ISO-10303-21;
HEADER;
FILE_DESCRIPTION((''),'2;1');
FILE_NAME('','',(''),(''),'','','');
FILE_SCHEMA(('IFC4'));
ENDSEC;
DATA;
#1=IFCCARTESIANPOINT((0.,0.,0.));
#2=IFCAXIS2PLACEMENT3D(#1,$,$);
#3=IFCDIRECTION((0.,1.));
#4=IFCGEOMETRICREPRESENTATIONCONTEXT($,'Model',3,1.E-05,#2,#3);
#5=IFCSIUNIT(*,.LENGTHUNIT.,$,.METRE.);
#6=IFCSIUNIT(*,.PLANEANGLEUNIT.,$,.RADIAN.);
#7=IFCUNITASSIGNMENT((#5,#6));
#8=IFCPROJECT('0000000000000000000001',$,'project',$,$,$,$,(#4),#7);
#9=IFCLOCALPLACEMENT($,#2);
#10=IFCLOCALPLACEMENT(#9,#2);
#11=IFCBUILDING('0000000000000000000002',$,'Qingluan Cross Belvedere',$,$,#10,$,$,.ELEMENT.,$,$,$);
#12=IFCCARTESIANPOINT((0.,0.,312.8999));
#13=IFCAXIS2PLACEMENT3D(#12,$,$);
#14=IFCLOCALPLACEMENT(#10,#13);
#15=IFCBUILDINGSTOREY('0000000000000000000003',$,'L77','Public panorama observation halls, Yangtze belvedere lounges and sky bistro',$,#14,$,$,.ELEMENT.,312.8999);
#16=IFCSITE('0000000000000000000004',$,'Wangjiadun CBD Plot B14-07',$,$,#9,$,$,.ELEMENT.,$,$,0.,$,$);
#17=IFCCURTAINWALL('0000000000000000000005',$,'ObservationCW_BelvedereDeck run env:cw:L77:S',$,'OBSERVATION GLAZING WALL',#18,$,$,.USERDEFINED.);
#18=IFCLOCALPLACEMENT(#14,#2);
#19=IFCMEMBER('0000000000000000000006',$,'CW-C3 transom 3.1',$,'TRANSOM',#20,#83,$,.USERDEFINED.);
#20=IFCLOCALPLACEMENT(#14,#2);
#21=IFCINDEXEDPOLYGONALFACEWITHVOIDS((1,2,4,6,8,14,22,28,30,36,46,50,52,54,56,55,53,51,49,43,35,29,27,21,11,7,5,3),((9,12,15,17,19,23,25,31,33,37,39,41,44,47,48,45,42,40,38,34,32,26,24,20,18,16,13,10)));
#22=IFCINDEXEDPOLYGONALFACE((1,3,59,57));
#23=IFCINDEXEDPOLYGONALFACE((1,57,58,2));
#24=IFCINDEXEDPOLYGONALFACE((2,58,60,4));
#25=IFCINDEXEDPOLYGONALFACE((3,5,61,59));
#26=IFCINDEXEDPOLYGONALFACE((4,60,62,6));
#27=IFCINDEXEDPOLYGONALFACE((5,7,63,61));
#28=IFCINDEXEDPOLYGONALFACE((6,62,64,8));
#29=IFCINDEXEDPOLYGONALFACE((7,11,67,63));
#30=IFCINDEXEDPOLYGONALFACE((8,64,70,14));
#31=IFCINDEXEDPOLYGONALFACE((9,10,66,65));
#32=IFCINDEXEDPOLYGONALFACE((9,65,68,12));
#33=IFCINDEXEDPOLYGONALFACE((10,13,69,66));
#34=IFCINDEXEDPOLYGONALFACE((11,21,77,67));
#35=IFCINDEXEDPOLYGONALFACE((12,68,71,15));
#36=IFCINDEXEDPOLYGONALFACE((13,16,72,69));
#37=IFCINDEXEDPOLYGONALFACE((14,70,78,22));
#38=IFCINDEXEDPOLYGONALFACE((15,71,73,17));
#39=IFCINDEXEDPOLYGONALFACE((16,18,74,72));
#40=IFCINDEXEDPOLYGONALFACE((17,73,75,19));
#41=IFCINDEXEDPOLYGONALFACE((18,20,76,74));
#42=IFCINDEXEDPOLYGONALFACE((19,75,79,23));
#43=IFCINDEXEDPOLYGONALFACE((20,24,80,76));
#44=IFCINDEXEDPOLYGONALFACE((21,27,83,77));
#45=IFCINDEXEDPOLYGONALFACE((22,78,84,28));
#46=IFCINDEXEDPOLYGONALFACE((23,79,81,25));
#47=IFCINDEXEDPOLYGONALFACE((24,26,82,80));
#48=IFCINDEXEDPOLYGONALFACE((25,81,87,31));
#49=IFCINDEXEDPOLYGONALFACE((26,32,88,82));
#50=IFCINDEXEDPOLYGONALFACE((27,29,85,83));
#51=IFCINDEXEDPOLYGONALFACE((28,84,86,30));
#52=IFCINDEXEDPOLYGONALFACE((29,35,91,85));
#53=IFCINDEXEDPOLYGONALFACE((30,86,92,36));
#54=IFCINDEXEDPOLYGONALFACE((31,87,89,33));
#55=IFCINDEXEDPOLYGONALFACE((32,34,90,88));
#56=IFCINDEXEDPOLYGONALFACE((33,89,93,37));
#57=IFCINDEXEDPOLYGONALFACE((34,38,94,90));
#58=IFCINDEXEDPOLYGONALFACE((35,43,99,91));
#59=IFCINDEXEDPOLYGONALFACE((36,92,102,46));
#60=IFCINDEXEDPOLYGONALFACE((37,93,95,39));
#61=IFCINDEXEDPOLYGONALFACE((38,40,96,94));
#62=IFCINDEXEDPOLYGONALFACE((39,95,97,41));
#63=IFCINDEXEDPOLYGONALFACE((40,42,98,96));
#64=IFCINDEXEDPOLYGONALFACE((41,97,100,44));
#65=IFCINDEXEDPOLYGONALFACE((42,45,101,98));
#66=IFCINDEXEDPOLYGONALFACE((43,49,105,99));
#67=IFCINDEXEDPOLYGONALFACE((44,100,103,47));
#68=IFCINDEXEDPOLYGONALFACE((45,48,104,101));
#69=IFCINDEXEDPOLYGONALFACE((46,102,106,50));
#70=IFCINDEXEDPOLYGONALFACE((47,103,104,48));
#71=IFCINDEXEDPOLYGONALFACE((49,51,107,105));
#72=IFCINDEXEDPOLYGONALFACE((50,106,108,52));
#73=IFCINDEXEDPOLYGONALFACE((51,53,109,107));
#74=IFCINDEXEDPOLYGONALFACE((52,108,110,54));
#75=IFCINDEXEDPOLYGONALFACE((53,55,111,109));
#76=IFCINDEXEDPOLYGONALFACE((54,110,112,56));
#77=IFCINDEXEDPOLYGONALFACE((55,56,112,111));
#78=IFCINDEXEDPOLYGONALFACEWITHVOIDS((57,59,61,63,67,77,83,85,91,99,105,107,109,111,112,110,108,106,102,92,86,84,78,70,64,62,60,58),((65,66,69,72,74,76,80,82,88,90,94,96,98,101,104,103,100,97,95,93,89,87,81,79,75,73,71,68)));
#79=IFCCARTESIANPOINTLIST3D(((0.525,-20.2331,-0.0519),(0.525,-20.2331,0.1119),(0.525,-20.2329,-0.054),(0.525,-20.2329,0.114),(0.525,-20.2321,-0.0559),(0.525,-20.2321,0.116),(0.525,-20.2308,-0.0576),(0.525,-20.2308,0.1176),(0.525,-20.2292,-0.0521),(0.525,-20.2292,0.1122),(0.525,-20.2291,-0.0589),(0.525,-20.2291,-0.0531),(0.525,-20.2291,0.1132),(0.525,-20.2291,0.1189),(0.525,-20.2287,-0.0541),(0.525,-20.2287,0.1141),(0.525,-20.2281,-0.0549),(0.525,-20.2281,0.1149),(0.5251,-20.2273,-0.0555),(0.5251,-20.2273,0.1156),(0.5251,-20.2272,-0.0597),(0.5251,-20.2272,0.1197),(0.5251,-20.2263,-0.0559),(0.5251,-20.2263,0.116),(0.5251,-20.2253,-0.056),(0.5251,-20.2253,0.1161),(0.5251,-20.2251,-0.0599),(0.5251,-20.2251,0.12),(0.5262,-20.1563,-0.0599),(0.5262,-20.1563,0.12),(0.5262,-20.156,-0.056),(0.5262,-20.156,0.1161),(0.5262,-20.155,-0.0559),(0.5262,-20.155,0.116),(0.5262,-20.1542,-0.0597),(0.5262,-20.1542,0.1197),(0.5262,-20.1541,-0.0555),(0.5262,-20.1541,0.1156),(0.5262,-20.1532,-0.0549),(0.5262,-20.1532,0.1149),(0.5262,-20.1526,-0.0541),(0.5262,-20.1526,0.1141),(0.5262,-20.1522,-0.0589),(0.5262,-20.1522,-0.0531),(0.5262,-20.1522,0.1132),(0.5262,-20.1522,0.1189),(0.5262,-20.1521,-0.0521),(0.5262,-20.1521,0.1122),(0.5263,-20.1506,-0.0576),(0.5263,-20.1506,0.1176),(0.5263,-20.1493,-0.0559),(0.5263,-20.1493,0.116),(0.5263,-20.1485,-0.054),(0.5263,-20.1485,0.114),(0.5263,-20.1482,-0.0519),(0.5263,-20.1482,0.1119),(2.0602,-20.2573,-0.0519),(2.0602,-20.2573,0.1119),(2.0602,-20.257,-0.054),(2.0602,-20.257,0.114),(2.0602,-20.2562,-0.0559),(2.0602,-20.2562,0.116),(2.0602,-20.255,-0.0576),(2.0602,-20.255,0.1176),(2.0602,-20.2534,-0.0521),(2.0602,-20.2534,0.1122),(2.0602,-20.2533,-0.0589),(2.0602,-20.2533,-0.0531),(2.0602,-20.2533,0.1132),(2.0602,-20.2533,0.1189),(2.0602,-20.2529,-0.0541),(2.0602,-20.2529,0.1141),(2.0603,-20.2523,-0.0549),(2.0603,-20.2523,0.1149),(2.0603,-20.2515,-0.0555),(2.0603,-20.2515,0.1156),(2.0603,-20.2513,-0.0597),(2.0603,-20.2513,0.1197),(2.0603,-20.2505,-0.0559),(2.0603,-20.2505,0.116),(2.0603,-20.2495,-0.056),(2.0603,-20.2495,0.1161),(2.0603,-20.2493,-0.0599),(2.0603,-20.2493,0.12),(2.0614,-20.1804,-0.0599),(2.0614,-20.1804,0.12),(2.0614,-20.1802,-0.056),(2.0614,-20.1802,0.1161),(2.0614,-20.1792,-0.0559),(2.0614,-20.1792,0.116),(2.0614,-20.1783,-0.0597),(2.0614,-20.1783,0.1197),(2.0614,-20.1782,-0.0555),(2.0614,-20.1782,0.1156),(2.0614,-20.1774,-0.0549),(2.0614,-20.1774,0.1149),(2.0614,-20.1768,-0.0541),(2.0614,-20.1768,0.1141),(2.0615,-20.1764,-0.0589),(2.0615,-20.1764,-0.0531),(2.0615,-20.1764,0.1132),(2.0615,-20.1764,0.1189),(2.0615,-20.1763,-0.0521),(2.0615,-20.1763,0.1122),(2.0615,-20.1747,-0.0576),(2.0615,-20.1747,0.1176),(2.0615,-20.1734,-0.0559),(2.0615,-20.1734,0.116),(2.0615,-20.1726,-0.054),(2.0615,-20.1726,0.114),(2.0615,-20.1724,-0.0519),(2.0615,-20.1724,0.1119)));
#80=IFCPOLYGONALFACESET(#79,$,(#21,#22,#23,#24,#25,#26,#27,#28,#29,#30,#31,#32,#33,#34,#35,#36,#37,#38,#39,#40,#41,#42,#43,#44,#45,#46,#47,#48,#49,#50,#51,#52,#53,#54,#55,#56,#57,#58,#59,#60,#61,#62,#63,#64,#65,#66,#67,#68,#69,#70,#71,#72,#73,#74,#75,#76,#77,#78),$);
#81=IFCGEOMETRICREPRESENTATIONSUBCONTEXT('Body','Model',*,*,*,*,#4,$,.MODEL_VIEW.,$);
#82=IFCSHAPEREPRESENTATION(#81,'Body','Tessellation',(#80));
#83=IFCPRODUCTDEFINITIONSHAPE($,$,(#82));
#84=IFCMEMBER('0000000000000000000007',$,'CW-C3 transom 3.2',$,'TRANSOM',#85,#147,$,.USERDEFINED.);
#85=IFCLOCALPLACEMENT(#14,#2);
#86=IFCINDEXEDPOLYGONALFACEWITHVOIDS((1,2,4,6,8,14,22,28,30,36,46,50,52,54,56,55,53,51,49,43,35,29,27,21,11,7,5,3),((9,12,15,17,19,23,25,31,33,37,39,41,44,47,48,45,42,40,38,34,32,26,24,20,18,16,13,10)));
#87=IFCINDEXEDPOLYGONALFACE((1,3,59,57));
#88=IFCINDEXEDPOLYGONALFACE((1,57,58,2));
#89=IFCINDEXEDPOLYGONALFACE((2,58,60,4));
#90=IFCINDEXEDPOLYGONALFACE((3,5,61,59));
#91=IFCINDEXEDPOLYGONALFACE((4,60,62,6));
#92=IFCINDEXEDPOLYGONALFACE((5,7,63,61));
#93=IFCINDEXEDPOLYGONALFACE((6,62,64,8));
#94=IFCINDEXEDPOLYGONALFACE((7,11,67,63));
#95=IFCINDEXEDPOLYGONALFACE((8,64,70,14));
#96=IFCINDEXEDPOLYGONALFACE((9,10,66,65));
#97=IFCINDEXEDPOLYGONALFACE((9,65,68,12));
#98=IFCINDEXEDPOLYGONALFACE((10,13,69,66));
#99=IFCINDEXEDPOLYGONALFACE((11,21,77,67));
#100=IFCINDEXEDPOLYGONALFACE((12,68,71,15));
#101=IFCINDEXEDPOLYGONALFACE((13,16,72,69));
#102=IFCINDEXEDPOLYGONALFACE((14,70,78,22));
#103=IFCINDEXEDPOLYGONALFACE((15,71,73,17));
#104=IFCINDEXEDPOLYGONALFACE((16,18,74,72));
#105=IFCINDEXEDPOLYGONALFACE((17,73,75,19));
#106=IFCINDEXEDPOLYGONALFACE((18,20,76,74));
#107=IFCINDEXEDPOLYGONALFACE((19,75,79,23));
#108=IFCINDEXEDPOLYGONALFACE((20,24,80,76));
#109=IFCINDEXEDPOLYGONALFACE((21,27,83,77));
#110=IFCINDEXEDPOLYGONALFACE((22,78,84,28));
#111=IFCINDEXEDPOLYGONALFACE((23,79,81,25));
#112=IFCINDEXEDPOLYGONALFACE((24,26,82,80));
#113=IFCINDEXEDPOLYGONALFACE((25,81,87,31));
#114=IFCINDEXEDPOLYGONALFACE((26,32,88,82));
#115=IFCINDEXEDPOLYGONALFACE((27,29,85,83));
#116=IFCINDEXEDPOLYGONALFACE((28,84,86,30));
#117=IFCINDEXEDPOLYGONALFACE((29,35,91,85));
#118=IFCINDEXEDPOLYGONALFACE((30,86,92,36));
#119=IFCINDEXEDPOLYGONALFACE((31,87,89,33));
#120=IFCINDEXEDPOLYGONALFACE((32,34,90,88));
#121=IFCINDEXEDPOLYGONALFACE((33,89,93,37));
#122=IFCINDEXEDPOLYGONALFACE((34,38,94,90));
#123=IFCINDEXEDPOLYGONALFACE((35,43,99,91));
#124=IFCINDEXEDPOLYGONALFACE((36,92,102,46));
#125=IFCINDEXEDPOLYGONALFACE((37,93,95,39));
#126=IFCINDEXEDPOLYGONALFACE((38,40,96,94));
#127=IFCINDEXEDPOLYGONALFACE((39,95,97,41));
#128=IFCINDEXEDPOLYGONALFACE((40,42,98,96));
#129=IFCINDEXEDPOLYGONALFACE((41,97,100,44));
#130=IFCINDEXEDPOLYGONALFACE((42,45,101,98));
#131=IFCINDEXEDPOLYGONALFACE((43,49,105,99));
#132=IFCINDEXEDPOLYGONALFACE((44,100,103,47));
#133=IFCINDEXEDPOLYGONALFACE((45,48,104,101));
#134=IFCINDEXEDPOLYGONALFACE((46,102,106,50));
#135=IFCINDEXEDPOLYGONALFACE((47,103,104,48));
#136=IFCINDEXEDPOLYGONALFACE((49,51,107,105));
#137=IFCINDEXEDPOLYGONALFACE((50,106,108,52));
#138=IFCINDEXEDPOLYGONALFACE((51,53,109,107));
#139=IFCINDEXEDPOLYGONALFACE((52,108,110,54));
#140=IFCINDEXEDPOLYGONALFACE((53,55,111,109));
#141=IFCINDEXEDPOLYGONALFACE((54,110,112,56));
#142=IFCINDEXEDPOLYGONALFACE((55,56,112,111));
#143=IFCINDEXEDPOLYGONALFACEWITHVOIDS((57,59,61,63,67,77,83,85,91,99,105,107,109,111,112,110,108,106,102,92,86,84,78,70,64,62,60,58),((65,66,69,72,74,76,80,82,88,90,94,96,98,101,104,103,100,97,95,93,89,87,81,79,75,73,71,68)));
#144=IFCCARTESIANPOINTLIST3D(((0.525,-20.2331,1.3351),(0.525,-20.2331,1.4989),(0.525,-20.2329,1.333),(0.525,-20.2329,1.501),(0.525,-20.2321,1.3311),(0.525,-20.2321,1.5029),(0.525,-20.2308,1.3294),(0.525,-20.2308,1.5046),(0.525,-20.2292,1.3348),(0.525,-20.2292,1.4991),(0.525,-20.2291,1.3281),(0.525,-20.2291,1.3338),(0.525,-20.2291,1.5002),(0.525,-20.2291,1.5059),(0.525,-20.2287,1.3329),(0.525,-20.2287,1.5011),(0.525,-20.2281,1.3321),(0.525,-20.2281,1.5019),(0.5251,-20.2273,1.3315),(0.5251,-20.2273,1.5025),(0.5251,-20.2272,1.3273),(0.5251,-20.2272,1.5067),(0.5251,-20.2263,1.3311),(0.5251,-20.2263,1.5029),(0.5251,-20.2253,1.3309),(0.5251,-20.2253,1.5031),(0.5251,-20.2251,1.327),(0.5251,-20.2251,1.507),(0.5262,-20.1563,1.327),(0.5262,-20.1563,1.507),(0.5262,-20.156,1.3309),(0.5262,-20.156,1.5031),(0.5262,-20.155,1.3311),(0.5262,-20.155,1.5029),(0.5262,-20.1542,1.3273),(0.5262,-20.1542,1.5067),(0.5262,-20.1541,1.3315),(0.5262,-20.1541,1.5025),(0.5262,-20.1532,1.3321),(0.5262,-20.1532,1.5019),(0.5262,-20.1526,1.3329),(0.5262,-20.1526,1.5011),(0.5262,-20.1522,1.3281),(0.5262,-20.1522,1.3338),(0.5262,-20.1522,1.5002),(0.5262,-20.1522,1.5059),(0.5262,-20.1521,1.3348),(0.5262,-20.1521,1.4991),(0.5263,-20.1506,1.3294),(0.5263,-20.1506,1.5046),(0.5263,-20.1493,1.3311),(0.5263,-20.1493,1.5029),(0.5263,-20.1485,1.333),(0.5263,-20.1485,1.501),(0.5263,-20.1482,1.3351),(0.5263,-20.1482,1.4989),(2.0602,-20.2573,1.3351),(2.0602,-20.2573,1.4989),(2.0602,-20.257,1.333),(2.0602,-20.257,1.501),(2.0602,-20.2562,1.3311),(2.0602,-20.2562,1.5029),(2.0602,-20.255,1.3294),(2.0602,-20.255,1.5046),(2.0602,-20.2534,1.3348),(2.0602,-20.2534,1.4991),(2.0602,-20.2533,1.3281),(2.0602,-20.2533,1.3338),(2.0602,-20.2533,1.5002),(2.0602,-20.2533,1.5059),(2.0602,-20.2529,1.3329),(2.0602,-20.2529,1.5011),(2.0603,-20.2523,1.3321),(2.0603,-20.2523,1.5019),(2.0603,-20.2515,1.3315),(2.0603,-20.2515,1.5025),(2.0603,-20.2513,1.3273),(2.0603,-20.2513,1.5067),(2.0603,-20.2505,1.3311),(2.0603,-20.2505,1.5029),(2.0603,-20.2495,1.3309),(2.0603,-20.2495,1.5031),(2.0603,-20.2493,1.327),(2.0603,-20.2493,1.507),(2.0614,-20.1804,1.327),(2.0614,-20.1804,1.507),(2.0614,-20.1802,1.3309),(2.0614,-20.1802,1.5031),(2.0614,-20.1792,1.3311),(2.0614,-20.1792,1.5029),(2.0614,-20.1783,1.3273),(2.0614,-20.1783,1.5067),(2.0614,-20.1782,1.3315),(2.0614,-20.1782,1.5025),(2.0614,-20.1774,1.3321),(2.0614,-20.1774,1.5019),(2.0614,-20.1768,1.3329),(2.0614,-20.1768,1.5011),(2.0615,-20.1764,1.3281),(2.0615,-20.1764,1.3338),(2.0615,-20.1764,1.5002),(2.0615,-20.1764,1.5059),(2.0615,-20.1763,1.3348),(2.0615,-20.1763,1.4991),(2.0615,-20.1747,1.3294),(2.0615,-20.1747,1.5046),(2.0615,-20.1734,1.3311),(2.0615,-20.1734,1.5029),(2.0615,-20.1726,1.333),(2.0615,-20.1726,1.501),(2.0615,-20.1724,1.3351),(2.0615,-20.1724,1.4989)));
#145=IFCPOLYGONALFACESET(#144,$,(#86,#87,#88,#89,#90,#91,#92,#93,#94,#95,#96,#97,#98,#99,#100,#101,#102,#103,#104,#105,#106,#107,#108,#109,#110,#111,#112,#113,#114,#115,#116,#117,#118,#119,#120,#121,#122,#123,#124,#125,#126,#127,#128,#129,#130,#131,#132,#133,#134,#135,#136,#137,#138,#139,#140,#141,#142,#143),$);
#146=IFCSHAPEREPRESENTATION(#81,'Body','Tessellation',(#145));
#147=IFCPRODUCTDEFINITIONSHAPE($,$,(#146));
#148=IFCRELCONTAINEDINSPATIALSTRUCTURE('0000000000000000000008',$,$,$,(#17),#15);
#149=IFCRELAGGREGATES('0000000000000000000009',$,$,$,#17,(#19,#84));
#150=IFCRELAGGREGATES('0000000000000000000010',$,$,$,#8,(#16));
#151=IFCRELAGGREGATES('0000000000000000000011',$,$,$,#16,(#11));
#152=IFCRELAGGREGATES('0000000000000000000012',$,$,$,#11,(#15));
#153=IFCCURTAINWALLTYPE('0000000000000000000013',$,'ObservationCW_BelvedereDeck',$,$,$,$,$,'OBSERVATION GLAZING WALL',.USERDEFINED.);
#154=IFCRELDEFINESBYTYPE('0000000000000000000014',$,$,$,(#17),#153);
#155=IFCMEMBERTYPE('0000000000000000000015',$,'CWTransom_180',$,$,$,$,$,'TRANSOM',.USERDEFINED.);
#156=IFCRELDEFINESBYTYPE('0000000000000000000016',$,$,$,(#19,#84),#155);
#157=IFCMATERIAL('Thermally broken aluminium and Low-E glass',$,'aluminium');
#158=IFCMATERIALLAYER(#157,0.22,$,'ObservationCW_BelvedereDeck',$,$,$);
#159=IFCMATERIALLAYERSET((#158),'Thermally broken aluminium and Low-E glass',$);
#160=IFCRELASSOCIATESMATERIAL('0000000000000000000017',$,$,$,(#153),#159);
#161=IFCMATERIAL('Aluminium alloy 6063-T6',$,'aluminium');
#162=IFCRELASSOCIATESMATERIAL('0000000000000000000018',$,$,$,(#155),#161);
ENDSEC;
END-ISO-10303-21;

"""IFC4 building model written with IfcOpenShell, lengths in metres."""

from ifc_helpers import new_model, si_unit, direction, frame, origin, origin_2d, place, context, subcontext, project, spatial, hollow_rectangle, extrude, material, layer, layer_set, material_profile, profile_set, type_object, element, aggregate, save


model = new_model("IFC4")

# Units and contexts
model_context = context("Model", 3, precision=1e-05, world=origin(), true_north=direction((0.0, 1.0)))
body_context = subcontext(model_context, "Body", "Model", "MODEL_VIEW")
ifc_project = project(units=[si_unit("LENGTHUNIT", "METRE"), si_unit("PLANEANGLEUNIT", "RADIAN")], contexts=[model_context])

# Site, building, storey
site_placement = place(None, origin())
site = spatial("IfcSite", under=ifc_project, at=site_placement, Name="Wangjiadun CBD Plot B14-07", CompositionType="ELEMENT", RefElevation=0.0)
building_placement = place(site_placement, origin())
building = spatial("IfcBuilding", under=site, at=building_placement, Name="Qingluan Cross Belvedere", CompositionType="ELEMENT")
storey_placement = place(building_placement, frame((0.0, 0.0, 312.8999)))
storey = spatial("IfcBuildingStorey", under=building, at=storey_placement, Name="L77", Description="Public panorama observation halls, Yangtze belvedere lounges and sky bistro", CompositionType="ELEMENT", Elevation=312.8999)

# Curtain wall, members
ifc_material_1 = material(Name="Thermally broken aluminium and Low-E glass", Category="aluminium")
ifc_layer_1 = layer(ifc_material_1, 0.22, Name="ObservationCW_BelvedereDeck")
ifc_layer_set_1 = layer_set([ifc_layer_1], Name="Thermally broken aluminium and Low-E glass")
curtain_wall_type = type_object("IfcCurtainWallType", Name="ObservationCW_BelvedereDeck", ElementType="OBSERVATION GLAZING WALL", PredefinedType="USERDEFINED", material=ifc_layer_set_1)
curtain_wall_placement = place(storey_placement, origin())
curtain_wall = element("IfcCurtainWall", 1, at=curtain_wall_placement, inside=storey, type_object=curtain_wall_type, Name="ObservationCW_BelvedereDeck run env:cw:L77:S", ObjectType="OBSERVATION GLAZING WALL", PredefinedType="USERDEFINED")
ifc_material_2 = material(Name="Aluminium alloy 6063-T6", Category="aluminium")
ifc_material_profile_1 = material_profile(ifc_material_2, hollow_rectangle(XDim=0.085, YDim=0.1799, WallThickness=0.0039, InnerFilletRadius=0.0039, OuterFilletRadius=0.0081, at=origin_2d()), Name="CWT180x85x4")
ifc_profile_set_1 = profile_set([ifc_material_profile_1], Name="Aluminium alloy 6063-T6")
member_type_1 = type_object("IfcMemberType", Name="CWTransom_180", ElementType="TRANSOM", PredefinedType="USERDEFINED", material=ifc_profile_set_1)
member_1_placement = place(storey_placement, frame((0.5256, -20.1907, 0.03), z_axis=(0.999876, -0.015742, 0.0), x_axis=(0.015742, 0.999876, 0.0)))
member_1 = element("IfcMember", 2, at=member_1_placement, type_object=member_type_1, Name="CW-C3 transom 3.1", ObjectType="TRANSOM", PredefinedType="USERDEFINED", context=body_context, shape_type="SweptSolid", body=[
    extrude(hollow_rectangle(XDim=0.085, YDim=0.1799, WallThickness=0.0039, InnerFilletRadius=0.0039, OuterFilletRadius=0.0081, at=origin_2d()), origin(), (0.0, 0.0, 1.0), 1.5354),
])
member_2_placement = place(storey_placement, frame((0.5256, -20.1907, 1.417), z_axis=(0.999876, -0.015742, 0.0), x_axis=(0.015742, 0.999876, 0.0)))
member_2 = element("IfcMember", 3, at=member_2_placement, type_object=member_type_1, Name="CW-C3 transom 3.2", ObjectType="TRANSOM", PredefinedType="USERDEFINED", context=body_context, shape_type="SweptSolid", body=[
    extrude(hollow_rectangle(XDim=0.085, YDim=0.1799, WallThickness=0.0039, InnerFilletRadius=0.0039, OuterFilletRadius=0.0081, at=origin_2d()), origin(), (0.0, 0.0, 1.0), 1.5354),
])

aggregate(curtain_wall, [member_1, member_2])

save(model, "model.ifc")
